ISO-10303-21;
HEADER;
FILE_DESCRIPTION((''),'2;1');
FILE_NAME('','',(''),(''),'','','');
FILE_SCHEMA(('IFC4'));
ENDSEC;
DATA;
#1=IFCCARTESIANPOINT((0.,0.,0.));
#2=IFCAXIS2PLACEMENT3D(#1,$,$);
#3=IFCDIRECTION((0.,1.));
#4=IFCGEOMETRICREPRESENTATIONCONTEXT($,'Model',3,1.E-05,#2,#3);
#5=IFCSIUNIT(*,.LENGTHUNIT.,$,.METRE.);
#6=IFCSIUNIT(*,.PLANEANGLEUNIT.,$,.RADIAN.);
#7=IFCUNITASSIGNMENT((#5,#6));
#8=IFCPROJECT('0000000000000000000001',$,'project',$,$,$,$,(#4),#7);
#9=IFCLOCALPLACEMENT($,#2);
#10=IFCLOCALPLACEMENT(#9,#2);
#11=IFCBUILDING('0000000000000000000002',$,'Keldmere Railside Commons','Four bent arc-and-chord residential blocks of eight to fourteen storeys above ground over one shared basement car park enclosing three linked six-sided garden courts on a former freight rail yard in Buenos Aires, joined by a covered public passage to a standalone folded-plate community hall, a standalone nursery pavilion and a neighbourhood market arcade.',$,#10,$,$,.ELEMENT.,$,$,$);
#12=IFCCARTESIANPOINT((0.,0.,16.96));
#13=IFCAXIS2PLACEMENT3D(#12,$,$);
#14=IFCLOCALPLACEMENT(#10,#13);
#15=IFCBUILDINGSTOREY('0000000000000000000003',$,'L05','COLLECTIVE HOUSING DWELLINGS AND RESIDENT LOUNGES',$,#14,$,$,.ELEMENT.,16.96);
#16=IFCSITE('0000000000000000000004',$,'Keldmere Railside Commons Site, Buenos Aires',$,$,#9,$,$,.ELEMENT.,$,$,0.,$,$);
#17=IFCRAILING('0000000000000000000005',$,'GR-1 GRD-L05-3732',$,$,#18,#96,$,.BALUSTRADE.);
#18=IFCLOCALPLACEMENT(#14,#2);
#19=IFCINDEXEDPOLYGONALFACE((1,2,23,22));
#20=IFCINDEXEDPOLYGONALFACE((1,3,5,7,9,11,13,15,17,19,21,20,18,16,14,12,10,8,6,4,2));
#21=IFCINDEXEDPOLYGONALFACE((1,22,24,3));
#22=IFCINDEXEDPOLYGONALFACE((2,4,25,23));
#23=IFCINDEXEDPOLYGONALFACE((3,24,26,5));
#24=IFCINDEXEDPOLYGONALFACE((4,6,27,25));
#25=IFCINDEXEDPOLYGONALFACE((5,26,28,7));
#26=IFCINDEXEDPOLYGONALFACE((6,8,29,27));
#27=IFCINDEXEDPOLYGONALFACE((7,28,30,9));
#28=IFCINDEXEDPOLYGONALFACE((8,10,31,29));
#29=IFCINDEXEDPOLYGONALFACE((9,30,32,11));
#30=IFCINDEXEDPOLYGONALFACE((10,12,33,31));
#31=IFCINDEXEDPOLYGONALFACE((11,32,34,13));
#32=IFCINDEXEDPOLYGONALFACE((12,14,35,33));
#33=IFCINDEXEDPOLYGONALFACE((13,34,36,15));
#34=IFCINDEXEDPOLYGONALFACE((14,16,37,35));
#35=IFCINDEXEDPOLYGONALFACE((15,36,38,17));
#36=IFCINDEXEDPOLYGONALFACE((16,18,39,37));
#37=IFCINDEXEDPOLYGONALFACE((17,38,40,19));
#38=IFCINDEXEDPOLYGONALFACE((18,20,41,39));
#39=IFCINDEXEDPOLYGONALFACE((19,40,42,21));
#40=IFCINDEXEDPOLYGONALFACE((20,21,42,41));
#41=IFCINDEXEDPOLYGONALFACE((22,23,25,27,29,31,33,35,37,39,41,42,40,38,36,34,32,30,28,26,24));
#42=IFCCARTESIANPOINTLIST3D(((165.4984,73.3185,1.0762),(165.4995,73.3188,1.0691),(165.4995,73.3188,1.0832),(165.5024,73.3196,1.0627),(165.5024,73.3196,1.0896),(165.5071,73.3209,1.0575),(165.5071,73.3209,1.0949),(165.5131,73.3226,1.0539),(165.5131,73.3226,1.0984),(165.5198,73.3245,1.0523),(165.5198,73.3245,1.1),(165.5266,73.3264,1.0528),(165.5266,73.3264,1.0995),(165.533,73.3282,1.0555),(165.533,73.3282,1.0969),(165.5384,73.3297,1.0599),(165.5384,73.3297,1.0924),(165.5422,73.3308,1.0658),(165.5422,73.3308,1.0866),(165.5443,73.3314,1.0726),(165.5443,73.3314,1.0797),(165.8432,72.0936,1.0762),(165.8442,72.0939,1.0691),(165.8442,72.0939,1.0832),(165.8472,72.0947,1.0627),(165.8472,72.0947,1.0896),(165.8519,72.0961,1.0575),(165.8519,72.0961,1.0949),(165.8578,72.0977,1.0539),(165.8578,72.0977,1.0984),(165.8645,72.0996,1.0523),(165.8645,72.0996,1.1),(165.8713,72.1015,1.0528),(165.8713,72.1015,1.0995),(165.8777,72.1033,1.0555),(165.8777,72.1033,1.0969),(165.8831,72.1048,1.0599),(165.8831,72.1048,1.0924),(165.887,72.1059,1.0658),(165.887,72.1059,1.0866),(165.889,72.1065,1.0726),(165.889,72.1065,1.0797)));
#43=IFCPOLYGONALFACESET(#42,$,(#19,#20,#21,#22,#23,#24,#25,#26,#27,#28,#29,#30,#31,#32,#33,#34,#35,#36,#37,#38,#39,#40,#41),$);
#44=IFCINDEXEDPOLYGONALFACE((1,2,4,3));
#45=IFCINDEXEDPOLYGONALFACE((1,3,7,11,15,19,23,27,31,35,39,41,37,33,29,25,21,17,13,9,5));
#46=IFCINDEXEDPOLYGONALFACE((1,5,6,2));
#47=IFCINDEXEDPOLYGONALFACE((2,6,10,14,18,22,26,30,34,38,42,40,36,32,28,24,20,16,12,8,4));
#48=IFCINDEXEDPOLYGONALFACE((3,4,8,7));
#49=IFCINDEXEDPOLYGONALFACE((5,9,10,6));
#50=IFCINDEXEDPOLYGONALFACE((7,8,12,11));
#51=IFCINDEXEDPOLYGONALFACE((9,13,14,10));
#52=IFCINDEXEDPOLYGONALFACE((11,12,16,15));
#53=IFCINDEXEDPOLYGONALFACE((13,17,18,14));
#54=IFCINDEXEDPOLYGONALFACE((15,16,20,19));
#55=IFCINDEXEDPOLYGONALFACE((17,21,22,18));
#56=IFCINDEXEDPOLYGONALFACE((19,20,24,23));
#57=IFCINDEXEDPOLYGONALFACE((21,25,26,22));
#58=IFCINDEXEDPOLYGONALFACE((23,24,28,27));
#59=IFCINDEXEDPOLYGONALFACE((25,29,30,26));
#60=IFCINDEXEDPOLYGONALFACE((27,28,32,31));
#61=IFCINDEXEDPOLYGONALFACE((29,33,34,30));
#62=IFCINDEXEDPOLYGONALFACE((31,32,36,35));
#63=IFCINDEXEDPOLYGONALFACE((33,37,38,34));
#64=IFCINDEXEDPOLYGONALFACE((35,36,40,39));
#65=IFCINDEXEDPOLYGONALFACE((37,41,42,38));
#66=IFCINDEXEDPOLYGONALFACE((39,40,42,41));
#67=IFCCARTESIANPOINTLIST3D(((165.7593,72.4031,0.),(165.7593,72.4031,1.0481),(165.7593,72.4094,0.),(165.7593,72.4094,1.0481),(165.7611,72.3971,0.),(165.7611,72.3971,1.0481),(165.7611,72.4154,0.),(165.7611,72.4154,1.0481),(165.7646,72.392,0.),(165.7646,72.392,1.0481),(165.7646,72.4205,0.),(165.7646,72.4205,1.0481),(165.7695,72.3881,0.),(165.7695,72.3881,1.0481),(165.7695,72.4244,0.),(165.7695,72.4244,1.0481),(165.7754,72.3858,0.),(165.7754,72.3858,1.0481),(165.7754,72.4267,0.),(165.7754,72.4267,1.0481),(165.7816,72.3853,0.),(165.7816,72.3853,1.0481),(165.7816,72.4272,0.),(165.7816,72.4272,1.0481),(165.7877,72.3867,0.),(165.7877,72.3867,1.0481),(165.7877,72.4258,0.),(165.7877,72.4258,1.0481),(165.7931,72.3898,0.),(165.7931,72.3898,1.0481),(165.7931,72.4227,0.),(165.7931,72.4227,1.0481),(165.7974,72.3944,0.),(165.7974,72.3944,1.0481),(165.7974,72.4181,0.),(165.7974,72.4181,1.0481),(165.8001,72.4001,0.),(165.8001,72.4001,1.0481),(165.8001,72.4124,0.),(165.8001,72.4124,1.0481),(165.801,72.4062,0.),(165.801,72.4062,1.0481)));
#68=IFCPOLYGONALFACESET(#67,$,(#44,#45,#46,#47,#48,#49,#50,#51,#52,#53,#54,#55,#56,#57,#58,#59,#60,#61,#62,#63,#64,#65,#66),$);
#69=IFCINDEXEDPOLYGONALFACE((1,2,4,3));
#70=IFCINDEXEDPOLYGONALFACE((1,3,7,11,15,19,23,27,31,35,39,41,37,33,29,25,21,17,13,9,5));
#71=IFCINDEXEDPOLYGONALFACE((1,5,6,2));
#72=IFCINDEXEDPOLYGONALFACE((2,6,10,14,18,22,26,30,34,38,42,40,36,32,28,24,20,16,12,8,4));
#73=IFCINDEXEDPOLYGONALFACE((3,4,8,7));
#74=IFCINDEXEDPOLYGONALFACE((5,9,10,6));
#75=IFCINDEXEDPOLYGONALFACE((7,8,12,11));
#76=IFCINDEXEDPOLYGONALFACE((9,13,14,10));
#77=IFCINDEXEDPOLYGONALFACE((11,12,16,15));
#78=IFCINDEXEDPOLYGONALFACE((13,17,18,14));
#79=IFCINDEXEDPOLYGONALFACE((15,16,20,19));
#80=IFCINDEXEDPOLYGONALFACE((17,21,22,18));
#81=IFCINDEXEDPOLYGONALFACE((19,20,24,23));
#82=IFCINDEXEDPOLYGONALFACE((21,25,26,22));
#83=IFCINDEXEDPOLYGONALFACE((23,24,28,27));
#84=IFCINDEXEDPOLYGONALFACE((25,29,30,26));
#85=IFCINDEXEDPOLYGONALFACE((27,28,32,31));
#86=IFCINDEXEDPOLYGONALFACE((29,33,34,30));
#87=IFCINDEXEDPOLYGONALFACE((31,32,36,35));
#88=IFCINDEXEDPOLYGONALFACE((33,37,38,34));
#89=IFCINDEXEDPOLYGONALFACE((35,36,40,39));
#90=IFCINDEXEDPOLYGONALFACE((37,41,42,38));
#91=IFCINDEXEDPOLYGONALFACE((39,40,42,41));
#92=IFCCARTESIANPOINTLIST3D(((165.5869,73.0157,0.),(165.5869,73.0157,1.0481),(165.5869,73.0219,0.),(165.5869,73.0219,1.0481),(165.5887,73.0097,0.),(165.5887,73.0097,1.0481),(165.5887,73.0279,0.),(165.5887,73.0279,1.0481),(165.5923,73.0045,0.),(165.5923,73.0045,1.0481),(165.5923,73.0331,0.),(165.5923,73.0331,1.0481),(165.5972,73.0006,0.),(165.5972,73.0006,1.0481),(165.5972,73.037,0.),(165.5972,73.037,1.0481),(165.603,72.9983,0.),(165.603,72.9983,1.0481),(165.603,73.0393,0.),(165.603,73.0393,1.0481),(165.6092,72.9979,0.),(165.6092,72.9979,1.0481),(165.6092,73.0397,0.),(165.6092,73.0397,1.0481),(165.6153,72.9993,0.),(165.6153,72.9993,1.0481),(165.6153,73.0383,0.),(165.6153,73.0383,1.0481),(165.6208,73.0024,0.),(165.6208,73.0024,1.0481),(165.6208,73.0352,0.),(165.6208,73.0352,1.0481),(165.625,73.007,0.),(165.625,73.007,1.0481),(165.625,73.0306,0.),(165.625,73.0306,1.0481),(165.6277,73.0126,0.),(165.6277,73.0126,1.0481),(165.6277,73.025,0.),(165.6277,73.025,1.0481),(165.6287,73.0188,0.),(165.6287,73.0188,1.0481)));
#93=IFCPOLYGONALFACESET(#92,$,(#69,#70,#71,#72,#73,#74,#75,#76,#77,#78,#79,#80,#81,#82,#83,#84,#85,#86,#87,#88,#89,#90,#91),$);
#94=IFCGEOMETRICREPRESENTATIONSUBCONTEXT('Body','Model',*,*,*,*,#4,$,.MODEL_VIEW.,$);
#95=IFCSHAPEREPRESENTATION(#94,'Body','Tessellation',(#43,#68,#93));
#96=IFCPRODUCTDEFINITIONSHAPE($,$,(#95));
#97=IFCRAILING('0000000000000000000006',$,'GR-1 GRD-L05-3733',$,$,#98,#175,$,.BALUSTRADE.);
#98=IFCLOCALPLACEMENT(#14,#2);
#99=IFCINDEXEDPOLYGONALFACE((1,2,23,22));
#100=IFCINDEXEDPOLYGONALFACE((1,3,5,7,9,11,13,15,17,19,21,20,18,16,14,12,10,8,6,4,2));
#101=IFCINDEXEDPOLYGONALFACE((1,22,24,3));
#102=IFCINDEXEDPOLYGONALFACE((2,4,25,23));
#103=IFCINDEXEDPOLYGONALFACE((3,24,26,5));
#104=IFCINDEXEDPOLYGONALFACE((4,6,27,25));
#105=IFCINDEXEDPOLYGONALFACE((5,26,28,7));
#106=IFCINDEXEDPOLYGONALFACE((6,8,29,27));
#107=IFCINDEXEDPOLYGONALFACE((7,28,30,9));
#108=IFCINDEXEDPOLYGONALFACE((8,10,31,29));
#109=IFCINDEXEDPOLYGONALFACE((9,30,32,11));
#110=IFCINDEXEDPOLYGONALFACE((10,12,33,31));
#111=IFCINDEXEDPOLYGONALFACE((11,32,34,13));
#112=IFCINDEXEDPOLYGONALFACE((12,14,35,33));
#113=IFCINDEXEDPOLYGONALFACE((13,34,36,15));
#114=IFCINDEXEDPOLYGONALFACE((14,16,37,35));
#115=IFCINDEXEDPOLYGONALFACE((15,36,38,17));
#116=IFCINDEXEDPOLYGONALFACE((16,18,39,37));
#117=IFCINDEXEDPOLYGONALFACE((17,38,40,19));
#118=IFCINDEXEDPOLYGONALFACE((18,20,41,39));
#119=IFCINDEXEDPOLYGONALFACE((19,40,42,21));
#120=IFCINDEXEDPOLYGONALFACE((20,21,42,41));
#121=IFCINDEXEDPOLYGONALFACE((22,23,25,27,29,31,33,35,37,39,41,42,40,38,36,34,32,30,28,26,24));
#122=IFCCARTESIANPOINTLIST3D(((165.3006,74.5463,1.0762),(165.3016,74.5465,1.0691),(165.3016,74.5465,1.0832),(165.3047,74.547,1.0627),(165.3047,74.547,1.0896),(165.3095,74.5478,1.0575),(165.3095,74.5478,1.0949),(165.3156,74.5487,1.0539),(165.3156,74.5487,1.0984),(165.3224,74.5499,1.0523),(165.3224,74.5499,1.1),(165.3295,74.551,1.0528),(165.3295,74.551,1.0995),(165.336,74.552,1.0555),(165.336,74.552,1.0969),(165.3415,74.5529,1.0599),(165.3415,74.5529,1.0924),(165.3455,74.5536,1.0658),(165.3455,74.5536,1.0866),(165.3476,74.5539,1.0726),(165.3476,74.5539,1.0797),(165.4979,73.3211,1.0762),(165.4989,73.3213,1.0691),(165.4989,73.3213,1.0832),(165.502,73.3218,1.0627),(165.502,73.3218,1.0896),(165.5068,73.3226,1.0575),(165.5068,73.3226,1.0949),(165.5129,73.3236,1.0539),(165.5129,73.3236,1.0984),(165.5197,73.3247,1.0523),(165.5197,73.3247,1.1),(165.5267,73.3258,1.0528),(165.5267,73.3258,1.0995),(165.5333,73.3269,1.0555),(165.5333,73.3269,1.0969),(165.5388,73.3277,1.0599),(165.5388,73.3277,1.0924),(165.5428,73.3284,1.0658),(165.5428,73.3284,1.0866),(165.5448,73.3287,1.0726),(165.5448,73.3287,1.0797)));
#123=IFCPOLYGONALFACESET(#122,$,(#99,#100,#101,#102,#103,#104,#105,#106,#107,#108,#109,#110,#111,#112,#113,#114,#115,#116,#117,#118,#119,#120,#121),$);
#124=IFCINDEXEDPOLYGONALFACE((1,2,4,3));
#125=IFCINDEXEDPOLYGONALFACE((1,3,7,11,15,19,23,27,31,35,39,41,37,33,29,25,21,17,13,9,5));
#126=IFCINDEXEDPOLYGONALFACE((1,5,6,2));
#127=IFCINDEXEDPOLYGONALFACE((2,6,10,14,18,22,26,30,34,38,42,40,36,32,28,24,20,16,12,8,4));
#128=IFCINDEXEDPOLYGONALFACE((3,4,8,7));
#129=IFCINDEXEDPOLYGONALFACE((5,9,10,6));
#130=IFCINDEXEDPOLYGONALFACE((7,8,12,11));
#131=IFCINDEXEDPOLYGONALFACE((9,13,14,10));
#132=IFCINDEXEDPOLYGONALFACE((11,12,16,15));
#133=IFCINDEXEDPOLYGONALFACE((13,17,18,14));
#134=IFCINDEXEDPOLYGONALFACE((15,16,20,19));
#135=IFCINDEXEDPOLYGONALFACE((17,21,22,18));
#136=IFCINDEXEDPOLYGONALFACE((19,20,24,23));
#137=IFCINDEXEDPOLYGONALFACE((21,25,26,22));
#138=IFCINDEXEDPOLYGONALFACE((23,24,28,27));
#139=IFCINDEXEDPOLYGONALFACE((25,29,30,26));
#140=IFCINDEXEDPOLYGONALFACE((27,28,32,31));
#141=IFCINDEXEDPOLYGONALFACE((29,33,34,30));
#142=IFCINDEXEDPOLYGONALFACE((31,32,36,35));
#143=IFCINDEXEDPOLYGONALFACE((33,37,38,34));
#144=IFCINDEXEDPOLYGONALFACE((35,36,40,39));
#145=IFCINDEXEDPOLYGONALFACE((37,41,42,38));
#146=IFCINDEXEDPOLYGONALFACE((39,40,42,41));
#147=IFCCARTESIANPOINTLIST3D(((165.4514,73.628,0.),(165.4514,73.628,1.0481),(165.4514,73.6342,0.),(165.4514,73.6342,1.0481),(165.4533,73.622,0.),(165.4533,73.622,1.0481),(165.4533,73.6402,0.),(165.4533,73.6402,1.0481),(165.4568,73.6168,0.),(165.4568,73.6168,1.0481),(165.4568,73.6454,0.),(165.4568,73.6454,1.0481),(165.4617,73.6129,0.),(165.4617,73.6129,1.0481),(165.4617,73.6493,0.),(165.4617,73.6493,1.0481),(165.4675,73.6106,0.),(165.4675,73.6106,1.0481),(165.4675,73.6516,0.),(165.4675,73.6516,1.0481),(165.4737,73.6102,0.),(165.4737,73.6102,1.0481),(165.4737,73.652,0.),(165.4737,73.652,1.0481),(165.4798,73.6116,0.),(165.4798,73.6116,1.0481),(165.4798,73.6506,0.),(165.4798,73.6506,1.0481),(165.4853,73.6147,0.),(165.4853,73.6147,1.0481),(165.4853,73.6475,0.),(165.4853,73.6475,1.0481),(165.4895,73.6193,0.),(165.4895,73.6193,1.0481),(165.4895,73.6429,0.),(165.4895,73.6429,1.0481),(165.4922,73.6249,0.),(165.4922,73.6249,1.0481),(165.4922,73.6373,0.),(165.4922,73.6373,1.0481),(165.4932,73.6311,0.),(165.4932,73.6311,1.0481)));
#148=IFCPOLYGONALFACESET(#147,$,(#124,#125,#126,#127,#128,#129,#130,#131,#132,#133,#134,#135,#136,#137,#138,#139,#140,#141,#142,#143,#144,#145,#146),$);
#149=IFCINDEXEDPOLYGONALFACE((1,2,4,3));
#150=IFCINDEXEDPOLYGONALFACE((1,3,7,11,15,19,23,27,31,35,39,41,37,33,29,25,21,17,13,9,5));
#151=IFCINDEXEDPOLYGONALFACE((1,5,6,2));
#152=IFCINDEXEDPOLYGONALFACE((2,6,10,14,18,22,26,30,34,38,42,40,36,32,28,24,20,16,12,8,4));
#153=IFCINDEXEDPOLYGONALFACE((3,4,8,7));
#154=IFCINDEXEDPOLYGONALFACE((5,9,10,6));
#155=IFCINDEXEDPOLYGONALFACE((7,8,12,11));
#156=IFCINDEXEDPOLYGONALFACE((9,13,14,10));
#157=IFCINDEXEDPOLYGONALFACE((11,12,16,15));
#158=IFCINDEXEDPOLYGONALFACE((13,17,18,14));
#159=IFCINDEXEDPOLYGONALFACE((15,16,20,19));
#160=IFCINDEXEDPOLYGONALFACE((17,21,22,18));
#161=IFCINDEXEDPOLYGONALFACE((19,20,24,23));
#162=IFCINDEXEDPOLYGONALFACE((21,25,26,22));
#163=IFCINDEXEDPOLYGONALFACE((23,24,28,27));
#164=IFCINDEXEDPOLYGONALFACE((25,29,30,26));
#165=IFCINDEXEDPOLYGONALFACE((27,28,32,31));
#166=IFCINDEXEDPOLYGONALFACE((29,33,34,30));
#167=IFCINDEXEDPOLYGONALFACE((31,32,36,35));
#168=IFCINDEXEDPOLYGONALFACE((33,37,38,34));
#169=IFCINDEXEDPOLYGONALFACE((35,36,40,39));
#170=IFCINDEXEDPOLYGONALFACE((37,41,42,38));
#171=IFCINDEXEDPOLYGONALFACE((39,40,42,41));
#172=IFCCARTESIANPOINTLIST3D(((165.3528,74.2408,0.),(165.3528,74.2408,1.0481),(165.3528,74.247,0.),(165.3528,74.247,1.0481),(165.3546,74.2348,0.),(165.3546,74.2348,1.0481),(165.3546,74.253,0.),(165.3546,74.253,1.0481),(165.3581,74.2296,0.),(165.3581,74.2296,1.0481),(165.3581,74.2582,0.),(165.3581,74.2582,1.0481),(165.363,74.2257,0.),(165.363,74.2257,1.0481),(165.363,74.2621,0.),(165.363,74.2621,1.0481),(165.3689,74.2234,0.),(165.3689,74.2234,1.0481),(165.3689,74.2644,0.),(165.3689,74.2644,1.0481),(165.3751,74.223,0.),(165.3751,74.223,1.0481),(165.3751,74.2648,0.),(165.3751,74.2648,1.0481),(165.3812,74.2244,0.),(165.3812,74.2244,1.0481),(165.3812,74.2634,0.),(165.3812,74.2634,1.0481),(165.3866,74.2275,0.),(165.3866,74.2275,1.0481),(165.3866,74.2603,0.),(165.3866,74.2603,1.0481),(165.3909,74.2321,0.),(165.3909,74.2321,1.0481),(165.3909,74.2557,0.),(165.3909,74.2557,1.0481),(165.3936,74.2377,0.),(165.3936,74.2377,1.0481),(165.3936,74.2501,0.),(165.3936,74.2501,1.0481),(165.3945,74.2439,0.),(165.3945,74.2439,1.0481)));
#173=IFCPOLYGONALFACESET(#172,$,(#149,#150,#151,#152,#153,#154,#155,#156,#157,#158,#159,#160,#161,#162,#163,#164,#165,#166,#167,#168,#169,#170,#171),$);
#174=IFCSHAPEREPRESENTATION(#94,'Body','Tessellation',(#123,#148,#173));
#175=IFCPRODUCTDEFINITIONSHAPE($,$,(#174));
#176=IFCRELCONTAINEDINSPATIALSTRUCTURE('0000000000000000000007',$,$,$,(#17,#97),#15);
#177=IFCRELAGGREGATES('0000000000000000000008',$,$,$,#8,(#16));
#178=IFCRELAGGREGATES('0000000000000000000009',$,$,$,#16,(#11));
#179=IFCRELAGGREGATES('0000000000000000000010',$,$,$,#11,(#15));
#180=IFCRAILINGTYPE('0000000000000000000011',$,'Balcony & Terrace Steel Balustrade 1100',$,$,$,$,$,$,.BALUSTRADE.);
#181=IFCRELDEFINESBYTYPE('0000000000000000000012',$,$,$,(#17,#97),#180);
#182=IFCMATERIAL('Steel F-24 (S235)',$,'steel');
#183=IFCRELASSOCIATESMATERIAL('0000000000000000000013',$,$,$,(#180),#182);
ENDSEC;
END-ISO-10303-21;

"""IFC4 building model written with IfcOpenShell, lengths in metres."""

from ifc_helpers import new_model, si_unit, direction, frame, origin, origin_2d, place, context, subcontext, project, spatial, circle, extrude, material, type_object, element, save


model = new_model("IFC4")

# Units and contexts
model_context = context("Model", 3, precision=1e-05, world=origin(), true_north=direction((0.0, 1.0)))
body_context = subcontext(model_context, "Body", "Model", "MODEL_VIEW")
ifc_project = project(units=[si_unit("LENGTHUNIT", "METRE"), si_unit("PLANEANGLEUNIT", "RADIAN")], contexts=[model_context])

# Site, building, storey
site_placement = place(None, origin())
site = spatial("IfcSite", under=ifc_project, at=site_placement, Name="Keldmere Railside Commons Site, Buenos Aires", CompositionType="ELEMENT", RefElevation=0.0)
building_placement = place(site_placement, origin())
building = spatial("IfcBuilding", under=site, at=building_placement, Name="Keldmere Railside Commons", Description="Four bent arc-and-chord residential blocks of eight to fourteen storeys above ground over one shared basement car park enclosing three linked six-sided garden courts on a former freight rail yard in Buenos Aires, joined by a covered public passage to a standalone folded-plate community hall, a standalone nursery pavilion and a neighbourhood market arcade.", CompositionType="ELEMENT")
storey_placement = place(building_placement, frame((0.0, 0.0, 16.96)))
storey = spatial("IfcBuildingStorey", under=building, at=storey_placement, Name="L05", Description="COLLECTIVE HOUSING DWELLINGS AND RESIDENT LOUNGES", CompositionType="ELEMENT", Elevation=16.96)

# Shared definitions
ifc_material_1 = material(Name="Steel F-24 (S235)", Category="steel")

# Railings
railing_type_1 = type_object("IfcRailingType", Name="Balcony & Terrace Steel Balustrade 1100", PredefinedType="BALUSTRADE", material=ifc_material_1)
railing_1_placement = place(storey_placement, frame((165.8662, 72.1001, 0.0)))
element("IfcRailing", 1, at=railing_1_placement, inside=storey, type_object=railing_type_1, Name="GR-1 GRD-L05-3732", PredefinedType="BALUSTRADE", context=body_context, shape_type="SweptSolid", body=[
    extrude(circle(Radius=0.0239, at=origin_2d()), frame((0.0, 0.0, 1.0762), z_axis=(-0.270918, 0.962602, 0.0), x_axis=(-0.962602, -0.270918, 0.0)), (0.0, 0.0, 1.0), 1.2725),
    extrude(circle(Radius=0.021, at=origin_2d()), frame((-0.0862, 0.3062, 0.0)), (0.0, 0.0, 1.0), 1.0481),
    extrude(circle(Radius=0.021, at=origin_2d()), frame((-0.2585, 0.9187, 0.0)), (0.0, 0.0, 1.0), 1.0481),
])
railing_2_placement = place(storey_placement, frame((165.5215, 73.325, 0.0)))
element("IfcRailing", 2, at=railing_2_placement, inside=storey, type_object=railing_type_1, Name="GR-1 GRD-L05-3733", PredefinedType="BALUSTRADE", context=body_context, shape_type="SweptSolid", body=[
    extrude(circle(Radius=0.0239, at=origin_2d()), frame((0.0, 0.0, 1.0762), z_axis=(-0.158973, 0.987283, 0.0), x_axis=(-0.987283, -0.158973, 0.0)), (0.0, 0.0, 1.0), 1.241),
    extrude(circle(Radius=0.021, at=origin_2d()), frame((-0.0493, 0.3062, 0.0)), (0.0, 0.0, 1.0), 1.0481),
    extrude(circle(Radius=0.021, at=origin_2d()), frame((-0.1479, 0.9189, 0.0)), (0.0, 0.0, 1.0), 1.0481),
])

save(model, "model.ifc")
